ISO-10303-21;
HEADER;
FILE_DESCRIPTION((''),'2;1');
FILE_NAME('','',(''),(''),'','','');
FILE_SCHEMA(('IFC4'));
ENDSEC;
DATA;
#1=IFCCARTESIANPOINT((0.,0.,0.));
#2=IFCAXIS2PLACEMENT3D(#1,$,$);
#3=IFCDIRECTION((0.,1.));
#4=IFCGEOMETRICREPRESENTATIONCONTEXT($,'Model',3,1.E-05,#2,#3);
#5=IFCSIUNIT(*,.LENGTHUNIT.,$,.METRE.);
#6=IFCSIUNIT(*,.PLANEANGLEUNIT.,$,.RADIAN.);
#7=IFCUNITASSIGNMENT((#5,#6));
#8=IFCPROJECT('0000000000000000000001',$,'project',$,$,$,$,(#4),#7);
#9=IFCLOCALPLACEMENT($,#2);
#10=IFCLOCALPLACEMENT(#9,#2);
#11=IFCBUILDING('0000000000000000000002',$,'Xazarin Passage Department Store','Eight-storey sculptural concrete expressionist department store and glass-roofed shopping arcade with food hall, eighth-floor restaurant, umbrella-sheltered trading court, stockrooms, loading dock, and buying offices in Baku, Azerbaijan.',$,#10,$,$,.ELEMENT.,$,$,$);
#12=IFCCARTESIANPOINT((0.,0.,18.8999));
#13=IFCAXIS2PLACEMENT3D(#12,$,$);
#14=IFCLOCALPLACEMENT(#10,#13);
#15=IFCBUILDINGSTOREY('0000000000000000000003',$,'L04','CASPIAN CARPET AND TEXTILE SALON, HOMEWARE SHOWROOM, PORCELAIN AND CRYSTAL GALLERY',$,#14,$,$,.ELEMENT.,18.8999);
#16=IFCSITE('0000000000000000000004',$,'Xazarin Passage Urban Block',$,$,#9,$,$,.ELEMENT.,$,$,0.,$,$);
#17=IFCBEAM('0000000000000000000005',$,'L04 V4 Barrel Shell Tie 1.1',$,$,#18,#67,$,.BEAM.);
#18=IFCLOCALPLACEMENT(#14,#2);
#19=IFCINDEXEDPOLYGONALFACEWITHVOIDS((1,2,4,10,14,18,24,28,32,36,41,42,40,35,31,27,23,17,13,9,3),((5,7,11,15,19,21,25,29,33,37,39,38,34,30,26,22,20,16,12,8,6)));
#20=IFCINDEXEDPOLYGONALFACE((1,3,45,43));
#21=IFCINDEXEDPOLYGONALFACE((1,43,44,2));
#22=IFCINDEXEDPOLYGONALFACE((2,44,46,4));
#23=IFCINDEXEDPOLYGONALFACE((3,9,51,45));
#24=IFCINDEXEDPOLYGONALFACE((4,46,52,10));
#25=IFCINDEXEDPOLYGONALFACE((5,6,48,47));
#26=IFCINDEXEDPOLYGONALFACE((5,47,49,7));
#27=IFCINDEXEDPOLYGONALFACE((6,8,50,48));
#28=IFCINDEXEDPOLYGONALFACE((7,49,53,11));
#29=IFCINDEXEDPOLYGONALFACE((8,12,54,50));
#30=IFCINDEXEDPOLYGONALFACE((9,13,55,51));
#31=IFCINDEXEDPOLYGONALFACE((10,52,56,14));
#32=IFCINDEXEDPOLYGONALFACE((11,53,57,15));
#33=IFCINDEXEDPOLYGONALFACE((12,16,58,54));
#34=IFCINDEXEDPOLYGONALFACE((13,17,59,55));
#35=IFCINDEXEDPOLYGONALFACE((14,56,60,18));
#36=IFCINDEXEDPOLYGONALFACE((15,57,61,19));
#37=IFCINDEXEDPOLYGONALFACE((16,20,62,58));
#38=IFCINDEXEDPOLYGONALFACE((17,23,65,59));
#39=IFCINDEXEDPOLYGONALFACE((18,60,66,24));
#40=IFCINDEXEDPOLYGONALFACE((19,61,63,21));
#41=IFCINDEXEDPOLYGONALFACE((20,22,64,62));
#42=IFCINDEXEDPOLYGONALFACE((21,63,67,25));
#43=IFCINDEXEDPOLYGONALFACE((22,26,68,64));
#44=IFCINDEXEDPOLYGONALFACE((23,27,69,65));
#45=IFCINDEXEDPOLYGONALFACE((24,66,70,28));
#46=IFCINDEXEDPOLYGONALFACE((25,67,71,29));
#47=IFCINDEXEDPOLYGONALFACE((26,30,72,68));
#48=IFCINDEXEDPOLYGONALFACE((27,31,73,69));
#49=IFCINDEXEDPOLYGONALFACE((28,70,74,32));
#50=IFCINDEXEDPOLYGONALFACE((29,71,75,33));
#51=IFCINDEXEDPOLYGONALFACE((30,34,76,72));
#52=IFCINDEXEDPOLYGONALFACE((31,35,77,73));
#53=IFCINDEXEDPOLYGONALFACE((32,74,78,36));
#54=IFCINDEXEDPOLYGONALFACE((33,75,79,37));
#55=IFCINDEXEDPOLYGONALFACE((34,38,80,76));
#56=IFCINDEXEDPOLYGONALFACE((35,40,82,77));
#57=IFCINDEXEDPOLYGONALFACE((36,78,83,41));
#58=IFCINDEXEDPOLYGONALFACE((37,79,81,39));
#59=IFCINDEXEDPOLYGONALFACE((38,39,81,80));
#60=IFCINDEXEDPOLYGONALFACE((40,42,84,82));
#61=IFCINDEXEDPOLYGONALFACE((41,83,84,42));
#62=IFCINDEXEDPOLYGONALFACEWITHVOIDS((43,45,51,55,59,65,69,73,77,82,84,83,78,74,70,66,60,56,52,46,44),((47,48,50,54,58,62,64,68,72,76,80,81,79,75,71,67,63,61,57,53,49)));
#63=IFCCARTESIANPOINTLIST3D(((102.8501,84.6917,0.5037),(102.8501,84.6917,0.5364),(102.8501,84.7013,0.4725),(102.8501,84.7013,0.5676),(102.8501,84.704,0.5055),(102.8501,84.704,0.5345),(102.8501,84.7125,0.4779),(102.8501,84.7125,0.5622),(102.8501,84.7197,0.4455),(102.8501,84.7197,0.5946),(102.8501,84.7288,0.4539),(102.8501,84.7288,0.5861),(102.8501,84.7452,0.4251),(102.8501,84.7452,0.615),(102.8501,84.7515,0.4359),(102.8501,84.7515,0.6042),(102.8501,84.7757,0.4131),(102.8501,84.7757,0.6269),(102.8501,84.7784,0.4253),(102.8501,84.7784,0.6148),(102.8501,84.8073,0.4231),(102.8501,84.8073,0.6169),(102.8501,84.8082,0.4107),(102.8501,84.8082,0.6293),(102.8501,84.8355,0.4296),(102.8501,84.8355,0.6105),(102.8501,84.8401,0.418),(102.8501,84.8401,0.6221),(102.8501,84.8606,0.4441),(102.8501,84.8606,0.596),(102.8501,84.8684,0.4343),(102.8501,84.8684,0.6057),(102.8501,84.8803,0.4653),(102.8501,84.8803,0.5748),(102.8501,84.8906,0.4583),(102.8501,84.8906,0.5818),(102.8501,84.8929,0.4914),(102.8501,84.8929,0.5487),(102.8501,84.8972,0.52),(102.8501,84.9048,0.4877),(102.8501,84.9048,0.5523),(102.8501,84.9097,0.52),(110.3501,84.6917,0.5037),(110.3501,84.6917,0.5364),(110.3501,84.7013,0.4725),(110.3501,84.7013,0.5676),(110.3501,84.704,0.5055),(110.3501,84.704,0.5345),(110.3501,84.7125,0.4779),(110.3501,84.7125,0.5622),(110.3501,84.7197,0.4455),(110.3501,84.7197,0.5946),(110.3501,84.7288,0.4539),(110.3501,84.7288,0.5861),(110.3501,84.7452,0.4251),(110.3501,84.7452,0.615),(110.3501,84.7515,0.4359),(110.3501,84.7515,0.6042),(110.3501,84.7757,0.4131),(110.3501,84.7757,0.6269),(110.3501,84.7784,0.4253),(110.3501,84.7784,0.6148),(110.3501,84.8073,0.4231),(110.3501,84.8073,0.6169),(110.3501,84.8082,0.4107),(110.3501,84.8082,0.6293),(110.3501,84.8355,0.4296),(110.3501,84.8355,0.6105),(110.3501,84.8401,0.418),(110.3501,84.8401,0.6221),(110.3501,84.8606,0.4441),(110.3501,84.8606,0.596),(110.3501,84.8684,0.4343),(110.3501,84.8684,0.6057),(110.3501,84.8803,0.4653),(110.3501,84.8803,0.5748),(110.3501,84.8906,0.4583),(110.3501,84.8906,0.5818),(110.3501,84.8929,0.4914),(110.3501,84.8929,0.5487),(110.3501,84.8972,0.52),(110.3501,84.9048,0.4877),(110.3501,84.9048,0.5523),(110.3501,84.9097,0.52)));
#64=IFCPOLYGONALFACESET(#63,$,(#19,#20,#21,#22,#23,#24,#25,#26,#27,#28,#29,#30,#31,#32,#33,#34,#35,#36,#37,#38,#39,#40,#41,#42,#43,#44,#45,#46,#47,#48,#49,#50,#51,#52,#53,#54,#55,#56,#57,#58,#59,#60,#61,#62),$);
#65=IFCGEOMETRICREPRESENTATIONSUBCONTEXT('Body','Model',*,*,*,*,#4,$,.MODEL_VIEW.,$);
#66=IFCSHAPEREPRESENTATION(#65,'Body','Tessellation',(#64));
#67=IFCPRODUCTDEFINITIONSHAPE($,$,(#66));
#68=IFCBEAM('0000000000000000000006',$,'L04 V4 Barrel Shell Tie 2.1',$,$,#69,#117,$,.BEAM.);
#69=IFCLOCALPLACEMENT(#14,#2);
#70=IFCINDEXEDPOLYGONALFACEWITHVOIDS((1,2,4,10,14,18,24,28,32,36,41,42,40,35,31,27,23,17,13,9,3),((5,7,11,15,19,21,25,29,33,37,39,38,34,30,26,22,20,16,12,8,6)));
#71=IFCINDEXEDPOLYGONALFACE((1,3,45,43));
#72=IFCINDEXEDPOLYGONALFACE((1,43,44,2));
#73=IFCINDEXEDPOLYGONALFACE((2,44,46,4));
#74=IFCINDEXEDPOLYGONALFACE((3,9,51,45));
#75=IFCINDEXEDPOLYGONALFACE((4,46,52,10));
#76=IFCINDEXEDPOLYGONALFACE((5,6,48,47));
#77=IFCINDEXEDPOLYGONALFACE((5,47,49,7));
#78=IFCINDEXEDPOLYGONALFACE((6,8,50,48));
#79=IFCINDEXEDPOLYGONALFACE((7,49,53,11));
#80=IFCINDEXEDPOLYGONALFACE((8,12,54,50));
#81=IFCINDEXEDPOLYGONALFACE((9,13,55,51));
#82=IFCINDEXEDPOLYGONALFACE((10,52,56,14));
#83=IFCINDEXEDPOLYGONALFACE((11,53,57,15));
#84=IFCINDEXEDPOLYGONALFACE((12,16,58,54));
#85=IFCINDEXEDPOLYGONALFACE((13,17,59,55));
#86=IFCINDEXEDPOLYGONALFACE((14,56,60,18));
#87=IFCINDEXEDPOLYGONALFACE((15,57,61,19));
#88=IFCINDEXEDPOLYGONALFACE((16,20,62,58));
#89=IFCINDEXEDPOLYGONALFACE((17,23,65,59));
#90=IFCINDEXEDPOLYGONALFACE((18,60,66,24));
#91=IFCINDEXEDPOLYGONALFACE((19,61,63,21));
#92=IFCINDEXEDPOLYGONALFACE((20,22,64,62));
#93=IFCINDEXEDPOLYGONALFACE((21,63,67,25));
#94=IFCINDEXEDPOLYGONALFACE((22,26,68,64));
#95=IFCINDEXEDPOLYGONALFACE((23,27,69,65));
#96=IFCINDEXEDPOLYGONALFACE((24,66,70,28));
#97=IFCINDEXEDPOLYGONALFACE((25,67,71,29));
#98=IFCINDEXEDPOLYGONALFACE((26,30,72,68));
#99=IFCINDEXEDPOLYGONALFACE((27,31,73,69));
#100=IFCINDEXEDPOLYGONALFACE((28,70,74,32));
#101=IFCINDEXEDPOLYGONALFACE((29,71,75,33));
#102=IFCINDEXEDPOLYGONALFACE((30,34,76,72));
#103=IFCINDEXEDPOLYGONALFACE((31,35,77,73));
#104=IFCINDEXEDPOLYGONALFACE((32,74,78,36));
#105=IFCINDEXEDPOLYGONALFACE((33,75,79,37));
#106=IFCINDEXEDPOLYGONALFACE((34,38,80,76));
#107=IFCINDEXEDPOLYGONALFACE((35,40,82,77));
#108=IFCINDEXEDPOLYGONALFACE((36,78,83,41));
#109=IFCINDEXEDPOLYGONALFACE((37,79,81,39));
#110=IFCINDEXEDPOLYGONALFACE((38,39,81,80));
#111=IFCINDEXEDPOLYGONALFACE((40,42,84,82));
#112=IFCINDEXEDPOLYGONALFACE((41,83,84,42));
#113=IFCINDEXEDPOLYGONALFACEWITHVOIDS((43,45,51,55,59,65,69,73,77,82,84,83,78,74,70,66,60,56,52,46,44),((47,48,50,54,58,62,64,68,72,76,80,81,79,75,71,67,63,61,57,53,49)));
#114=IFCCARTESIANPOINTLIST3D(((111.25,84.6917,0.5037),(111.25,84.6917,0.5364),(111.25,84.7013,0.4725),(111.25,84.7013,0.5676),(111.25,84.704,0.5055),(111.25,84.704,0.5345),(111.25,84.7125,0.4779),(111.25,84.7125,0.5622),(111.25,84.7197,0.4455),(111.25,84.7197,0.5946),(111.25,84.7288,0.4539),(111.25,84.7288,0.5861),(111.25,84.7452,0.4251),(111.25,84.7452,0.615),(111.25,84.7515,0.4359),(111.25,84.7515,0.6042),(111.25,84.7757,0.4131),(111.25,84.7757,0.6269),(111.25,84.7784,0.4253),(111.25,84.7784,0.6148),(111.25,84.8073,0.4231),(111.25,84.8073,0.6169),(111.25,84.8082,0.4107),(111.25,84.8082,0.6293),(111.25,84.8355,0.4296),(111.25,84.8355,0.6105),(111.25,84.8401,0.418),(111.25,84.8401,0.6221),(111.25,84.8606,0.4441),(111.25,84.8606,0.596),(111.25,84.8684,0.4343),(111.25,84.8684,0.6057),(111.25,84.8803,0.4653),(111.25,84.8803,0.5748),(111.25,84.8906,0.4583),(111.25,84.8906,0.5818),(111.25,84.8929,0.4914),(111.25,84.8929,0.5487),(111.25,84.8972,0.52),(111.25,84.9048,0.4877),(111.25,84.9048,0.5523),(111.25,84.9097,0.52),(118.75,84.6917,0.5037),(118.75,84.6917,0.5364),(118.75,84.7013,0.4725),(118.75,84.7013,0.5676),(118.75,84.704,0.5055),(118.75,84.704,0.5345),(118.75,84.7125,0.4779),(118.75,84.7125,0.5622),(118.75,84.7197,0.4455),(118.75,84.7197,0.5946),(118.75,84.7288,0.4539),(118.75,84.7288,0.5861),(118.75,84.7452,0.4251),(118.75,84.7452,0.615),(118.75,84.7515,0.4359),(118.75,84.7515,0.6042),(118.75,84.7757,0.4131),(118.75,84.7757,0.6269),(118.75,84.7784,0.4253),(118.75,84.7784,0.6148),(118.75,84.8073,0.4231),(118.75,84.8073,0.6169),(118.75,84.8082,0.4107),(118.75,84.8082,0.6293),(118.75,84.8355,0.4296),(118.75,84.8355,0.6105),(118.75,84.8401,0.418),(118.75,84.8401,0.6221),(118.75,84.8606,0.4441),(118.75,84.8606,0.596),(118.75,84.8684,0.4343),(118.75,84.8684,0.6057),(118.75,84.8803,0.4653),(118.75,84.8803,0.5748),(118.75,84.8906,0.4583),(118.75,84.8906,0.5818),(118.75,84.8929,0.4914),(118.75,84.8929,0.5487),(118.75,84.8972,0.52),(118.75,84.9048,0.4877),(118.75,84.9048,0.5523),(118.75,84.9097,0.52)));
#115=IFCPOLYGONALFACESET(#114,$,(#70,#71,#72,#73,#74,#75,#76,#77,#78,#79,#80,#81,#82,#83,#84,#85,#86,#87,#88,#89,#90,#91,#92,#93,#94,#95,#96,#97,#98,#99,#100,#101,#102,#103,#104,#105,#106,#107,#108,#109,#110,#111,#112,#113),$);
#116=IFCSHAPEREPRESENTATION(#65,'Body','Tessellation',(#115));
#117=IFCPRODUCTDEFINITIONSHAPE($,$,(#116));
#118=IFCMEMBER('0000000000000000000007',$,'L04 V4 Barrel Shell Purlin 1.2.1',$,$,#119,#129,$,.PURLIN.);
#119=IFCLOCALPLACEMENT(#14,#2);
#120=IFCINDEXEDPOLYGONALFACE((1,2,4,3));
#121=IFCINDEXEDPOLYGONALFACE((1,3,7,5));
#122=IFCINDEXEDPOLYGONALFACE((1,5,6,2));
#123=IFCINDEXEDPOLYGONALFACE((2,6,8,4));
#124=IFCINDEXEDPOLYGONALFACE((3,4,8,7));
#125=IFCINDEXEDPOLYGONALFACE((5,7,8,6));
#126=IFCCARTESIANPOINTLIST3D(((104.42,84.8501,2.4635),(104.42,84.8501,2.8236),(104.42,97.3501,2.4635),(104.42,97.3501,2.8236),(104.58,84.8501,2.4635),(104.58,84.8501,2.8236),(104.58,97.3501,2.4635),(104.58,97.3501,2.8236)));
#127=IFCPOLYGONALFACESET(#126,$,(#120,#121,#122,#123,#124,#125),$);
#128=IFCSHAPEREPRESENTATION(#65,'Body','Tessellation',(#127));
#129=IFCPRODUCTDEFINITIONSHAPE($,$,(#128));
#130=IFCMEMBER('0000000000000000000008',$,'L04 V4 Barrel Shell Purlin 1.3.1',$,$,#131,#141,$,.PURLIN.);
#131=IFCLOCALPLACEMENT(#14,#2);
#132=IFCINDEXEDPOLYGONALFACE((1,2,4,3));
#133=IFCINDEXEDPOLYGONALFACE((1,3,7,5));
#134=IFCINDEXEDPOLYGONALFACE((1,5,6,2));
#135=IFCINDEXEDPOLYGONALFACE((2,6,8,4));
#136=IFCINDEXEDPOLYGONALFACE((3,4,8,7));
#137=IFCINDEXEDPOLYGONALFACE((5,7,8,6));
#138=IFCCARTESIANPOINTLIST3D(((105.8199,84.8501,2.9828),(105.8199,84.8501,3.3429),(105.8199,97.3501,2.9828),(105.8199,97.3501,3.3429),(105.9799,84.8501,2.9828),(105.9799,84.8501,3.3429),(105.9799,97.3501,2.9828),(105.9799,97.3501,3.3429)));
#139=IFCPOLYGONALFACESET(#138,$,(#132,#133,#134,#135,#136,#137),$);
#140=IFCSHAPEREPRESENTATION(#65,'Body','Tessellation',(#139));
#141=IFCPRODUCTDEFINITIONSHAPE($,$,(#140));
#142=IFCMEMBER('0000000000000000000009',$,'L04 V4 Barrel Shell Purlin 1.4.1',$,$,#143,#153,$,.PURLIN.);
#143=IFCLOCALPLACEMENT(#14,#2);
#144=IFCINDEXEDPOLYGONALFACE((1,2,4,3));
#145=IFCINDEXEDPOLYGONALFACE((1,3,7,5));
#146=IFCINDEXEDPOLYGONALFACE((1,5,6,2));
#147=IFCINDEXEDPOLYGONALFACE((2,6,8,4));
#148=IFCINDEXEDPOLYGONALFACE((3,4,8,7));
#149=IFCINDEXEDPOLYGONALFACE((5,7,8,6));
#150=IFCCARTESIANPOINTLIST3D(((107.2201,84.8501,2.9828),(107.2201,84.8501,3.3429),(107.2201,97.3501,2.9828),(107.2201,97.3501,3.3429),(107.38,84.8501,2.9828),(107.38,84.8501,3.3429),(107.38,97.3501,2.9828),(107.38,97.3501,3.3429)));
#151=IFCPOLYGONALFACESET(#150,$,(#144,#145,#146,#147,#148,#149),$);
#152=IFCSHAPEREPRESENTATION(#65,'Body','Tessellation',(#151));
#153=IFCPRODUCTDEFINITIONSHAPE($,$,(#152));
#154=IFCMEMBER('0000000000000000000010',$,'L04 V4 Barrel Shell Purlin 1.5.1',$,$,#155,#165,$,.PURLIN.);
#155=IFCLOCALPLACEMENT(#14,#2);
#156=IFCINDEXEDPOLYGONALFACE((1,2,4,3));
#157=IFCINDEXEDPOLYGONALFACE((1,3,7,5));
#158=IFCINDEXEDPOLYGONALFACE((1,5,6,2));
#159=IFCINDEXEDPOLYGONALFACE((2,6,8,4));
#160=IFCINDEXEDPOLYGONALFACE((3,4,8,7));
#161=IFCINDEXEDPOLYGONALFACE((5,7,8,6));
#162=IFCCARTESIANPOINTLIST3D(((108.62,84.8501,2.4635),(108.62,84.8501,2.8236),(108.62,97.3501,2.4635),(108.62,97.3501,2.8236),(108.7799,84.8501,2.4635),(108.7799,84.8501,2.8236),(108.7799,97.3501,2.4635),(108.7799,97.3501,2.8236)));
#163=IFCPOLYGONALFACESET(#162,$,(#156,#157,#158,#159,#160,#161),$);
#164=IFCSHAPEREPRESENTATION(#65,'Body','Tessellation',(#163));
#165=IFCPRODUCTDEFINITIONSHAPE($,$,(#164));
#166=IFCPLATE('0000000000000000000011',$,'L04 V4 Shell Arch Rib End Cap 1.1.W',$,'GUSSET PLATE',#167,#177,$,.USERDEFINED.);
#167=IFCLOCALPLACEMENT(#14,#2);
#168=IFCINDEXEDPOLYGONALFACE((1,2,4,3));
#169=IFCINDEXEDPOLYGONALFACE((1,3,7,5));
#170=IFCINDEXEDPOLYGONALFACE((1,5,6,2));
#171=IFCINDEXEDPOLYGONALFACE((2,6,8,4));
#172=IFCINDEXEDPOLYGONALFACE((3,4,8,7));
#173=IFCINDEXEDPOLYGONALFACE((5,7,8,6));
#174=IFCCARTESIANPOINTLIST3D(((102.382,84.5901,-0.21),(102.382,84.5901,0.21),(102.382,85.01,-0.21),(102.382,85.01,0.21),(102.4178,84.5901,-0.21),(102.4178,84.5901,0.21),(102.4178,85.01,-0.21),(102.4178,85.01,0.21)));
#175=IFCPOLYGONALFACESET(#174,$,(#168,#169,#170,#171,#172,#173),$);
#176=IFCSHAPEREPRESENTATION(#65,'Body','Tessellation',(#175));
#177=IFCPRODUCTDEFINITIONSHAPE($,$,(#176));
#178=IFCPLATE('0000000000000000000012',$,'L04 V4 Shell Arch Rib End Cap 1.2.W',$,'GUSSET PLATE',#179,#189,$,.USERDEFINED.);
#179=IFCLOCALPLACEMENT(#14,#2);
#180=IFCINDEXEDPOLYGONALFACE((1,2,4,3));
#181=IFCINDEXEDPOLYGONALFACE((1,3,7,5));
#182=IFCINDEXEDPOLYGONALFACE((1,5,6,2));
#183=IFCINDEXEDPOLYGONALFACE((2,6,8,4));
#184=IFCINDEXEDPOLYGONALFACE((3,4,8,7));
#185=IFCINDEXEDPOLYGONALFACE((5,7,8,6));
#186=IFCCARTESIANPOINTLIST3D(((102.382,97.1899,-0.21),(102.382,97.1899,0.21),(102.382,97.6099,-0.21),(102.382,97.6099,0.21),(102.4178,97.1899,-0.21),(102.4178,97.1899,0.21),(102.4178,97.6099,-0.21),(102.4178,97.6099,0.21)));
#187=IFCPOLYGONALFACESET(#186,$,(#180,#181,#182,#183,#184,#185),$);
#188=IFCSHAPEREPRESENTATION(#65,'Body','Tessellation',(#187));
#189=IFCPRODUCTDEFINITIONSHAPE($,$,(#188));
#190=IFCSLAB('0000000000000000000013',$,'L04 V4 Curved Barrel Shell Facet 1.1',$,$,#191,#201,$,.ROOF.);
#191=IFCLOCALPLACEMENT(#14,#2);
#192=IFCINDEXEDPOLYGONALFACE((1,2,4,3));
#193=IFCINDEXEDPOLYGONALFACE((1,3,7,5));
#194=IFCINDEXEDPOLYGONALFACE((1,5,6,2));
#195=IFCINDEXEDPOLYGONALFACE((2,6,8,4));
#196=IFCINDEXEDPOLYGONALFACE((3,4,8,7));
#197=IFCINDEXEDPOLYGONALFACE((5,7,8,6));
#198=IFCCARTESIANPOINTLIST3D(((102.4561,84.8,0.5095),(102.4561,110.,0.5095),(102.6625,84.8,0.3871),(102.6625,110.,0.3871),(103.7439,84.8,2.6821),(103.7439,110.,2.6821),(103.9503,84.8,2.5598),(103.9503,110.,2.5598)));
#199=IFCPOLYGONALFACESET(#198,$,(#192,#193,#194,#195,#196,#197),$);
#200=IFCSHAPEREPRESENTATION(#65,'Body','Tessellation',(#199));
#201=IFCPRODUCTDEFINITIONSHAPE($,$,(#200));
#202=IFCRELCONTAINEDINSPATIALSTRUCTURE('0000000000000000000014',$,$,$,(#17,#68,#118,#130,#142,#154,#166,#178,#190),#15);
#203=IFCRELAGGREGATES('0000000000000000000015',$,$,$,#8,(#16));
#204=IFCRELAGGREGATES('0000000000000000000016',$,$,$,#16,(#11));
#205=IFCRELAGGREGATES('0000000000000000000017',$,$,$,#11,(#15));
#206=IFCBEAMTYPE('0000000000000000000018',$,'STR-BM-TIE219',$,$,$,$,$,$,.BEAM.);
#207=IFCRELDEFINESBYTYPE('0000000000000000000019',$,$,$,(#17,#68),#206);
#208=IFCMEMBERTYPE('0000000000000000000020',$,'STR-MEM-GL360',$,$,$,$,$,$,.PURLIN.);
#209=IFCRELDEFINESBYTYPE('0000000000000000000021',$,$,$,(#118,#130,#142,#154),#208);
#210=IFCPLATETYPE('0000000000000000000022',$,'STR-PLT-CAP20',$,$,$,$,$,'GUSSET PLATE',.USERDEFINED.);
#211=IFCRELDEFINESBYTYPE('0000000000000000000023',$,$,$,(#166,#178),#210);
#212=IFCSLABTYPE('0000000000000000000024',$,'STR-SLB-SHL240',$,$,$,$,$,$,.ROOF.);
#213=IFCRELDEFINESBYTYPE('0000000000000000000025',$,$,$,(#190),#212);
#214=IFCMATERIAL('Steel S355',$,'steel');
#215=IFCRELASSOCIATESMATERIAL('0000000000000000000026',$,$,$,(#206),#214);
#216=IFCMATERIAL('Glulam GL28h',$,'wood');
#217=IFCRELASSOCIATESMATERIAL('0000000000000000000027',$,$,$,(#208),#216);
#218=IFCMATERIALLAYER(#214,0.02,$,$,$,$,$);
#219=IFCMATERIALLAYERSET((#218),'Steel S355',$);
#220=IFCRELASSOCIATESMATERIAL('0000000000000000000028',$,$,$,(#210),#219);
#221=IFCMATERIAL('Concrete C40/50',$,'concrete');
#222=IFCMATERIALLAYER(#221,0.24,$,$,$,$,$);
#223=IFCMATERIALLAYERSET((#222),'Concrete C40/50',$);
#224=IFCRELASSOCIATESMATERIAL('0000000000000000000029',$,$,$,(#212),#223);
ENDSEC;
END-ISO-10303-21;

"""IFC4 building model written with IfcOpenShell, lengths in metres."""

from ifc_helpers import new_model, si_unit, direction, frame, origin, origin_2d, place, context, subcontext, project, spatial, polyline, rectangle, hollow_circle, outline, extrude, material, layer, layer_set, material_profile, profile_set, type_object, element, save


model = new_model("IFC4")

# Units and contexts
model_context = context("Model", 3, precision=1e-05, world=origin(), true_north=direction((0.0, 1.0)))
body_context = subcontext(model_context, "Body", "Model", "MODEL_VIEW")
ifc_project = project(units=[si_unit("LENGTHUNIT", "METRE"), si_unit("PLANEANGLEUNIT", "RADIAN")], contexts=[model_context])

# Site, building, storey
site_placement = place(None, origin())
site = spatial("IfcSite", under=ifc_project, at=site_placement, Name="Xazarin Passage Urban Block", CompositionType="ELEMENT", RefElevation=0.0)
building_placement = place(site_placement, origin())
building = spatial("IfcBuilding", under=site, at=building_placement, Name="Xazarin Passage Department Store", Description="Eight-storey sculptural concrete expressionist department store and glass-roofed shopping arcade with food hall, eighth-floor restaurant, umbrella-sheltered trading court, stockrooms, loading dock, and buying offices in Baku, Azerbaijan.", CompositionType="ELEMENT")
storey_placement = place(building_placement, frame((0.0, 0.0, 18.8999)))
storey = spatial("IfcBuildingStorey", under=building, at=storey_placement, Name="L04", Description="CASPIAN CARPET AND TEXTILE SALON, HOMEWARE SHOWROOM, PORCELAIN AND CRYSTAL GALLERY", CompositionType="ELEMENT", Elevation=18.8999)

# Beams
ifc_material_1 = material(Name="Steel S355", Category="steel")
ifc_material_profile_1 = material_profile(ifc_material_1, hollow_circle(Radius=0.1096, WallThickness=0.0125, at=origin_2d()), Name="CHS 219.1x12.5")
ifc_profile_set_1 = profile_set([ifc_material_profile_1], Name="Steel S355")
beam_type_1 = type_object("IfcBeamType", Name="STR-BM-TIE219", PredefinedType="BEAM", material=ifc_profile_set_1)
for number, where, z_axis, x_axis, name in (
    (1, (102.8501, 84.8, 0.52), (1.0, 0.0, 0.0), (0.0, 1.0, 0.0), "L04 V4 Barrel Shell Tie 1.1"),
    (2, (111.25, 84.8, 0.52), (1.0, 0.0, 0.0), (0.0, 1.0, 0.0), "L04 V4 Barrel Shell Tie 2.1"),
):
    element("IfcBeam", number, at=place(storey_placement, frame(where, z_axis=z_axis, x_axis=x_axis)), inside=storey, type_object=beam_type_1, Name=name, PredefinedType="BEAM", context=body_context, shape_type="SweptSolid", body=[
        extrude(hollow_circle(Radius=0.1096, WallThickness=0.0125, at=origin_2d()), origin(), (0.0, 0.0, 1.0), 7.5),
    ])

# Members
ifc_material_2 = material(Name="Glulam GL28h", Category="wood")
ifc_material_profile_2 = material_profile(ifc_material_2, rectangle(XDim=0.1599, YDim=0.3601, at=origin_2d()), Name="GL28h 160x360")
ifc_profile_set_2 = profile_set([ifc_material_profile_2], Name="Glulam GL28h")
member_type = type_object("IfcMemberType", Name="STR-MEM-GL360", PredefinedType="PURLIN", material=ifc_profile_set_2)
for number, where, z_axis, x_axis, name in (
    (3, (104.5, 84.8501, 2.6436), (0.0, 1.0, 0.0), (-1.0, 0.0, 0.0), "L04 V4 Barrel Shell Purlin 1.2.1"),
    (4, (105.8999, 84.8501, 3.1628), (0.0, 1.0, 0.0), (-1.0, 0.0, 0.0), "L04 V4 Barrel Shell Purlin 1.3.1"),
    (5, (107.3, 84.8501, 3.1628), (0.0, 1.0, 0.0), (-1.0, 0.0, 0.0), "L04 V4 Barrel Shell Purlin 1.4.1"),
    (6, (108.7, 84.8501, 2.6436), (0.0, 1.0, 0.0), (-1.0, 0.0, 0.0), "L04 V4 Barrel Shell Purlin 1.5.1"),
):
    element("IfcMember", number, at=place(storey_placement, frame(where, z_axis=z_axis, x_axis=x_axis)), inside=storey, type_object=member_type, Name=name, PredefinedType="PURLIN", context=body_context, shape_type="SweptSolid", body=[
        extrude(rectangle(XDim=0.1599, YDim=0.3601, at=origin_2d()), origin(), (0.0, 0.0, 1.0), 12.5),
    ])

# Plates
ifc_layer_1 = layer(ifc_material_1, 0.02)
ifc_layer_set_1 = layer_set([ifc_layer_1], Name="Steel S355")
plate_type = type_object("IfcPlateType", Name="STR-PLT-CAP20", ElementType="GUSSET PLATE", PredefinedType="USERDEFINED", material=ifc_layer_set_1)
for number, where, z_axis, x_axis, name in (
    (7, (102.3999, 84.8, -0.21), (0.0, 0.0, 1.0), (1.0, 0.0, 0.0), "L04 V4 Shell Arch Rib End Cap 1.1.W"),
    (8, (102.3999, 97.3999, -0.21), (0.0, 0.0, 1.0), (1.0, 0.0, 0.0), "L04 V4 Shell Arch Rib End Cap 1.2.W"),
):
    element("IfcPlate", number, at=place(storey_placement, frame(where, z_axis=z_axis, x_axis=x_axis)), inside=storey, type_object=plate_type, Name=name, ObjectType="GUSSET PLATE", PredefinedType="USERDEFINED", context=body_context, shape_type="SweptSolid", body=[
        extrude(rectangle(XDim=0.0359, YDim=0.4199, at=origin_2d()), origin(), (0.0, 0.0, 1.0), 0.4199),
    ])

# Slab
ifc_material_3 = material(Name="Concrete C40/50", Category="concrete")
ifc_layer_2 = layer(ifc_material_3, 0.24)
ifc_layer_set_2 = layer_set([ifc_layer_2], Name="Concrete C40/50")
slab_type = type_object("IfcSlabType", Name="STR-SLB-SHL240", PredefinedType="ROOF", material=ifc_layer_set_2)
slab_1_placement = place(storey_placement, frame((102.4561, 84.8, 0.5095), z_axis=(-0.860227, 0.0, 0.509911), x_axis=(0.509911, 0.0, 0.860227)))
element("IfcSlab", 9, at=slab_1_placement, inside=storey, type_object=slab_type, Name="L04 V4 Curved Barrel Shell Facet 1.1", PredefinedType="ROOF", context=body_context, shape_type="SweptSolid", body=[
    extrude(outline(polyline([(0.0, 0.0), (2.5256, 0.0), (2.5256, 25.2), (0.0, 25.2), (0.0, 0.0)])), origin(), (0.0, 0.0, -1.0), 0.24),
])

save(model, "model.ifc")
